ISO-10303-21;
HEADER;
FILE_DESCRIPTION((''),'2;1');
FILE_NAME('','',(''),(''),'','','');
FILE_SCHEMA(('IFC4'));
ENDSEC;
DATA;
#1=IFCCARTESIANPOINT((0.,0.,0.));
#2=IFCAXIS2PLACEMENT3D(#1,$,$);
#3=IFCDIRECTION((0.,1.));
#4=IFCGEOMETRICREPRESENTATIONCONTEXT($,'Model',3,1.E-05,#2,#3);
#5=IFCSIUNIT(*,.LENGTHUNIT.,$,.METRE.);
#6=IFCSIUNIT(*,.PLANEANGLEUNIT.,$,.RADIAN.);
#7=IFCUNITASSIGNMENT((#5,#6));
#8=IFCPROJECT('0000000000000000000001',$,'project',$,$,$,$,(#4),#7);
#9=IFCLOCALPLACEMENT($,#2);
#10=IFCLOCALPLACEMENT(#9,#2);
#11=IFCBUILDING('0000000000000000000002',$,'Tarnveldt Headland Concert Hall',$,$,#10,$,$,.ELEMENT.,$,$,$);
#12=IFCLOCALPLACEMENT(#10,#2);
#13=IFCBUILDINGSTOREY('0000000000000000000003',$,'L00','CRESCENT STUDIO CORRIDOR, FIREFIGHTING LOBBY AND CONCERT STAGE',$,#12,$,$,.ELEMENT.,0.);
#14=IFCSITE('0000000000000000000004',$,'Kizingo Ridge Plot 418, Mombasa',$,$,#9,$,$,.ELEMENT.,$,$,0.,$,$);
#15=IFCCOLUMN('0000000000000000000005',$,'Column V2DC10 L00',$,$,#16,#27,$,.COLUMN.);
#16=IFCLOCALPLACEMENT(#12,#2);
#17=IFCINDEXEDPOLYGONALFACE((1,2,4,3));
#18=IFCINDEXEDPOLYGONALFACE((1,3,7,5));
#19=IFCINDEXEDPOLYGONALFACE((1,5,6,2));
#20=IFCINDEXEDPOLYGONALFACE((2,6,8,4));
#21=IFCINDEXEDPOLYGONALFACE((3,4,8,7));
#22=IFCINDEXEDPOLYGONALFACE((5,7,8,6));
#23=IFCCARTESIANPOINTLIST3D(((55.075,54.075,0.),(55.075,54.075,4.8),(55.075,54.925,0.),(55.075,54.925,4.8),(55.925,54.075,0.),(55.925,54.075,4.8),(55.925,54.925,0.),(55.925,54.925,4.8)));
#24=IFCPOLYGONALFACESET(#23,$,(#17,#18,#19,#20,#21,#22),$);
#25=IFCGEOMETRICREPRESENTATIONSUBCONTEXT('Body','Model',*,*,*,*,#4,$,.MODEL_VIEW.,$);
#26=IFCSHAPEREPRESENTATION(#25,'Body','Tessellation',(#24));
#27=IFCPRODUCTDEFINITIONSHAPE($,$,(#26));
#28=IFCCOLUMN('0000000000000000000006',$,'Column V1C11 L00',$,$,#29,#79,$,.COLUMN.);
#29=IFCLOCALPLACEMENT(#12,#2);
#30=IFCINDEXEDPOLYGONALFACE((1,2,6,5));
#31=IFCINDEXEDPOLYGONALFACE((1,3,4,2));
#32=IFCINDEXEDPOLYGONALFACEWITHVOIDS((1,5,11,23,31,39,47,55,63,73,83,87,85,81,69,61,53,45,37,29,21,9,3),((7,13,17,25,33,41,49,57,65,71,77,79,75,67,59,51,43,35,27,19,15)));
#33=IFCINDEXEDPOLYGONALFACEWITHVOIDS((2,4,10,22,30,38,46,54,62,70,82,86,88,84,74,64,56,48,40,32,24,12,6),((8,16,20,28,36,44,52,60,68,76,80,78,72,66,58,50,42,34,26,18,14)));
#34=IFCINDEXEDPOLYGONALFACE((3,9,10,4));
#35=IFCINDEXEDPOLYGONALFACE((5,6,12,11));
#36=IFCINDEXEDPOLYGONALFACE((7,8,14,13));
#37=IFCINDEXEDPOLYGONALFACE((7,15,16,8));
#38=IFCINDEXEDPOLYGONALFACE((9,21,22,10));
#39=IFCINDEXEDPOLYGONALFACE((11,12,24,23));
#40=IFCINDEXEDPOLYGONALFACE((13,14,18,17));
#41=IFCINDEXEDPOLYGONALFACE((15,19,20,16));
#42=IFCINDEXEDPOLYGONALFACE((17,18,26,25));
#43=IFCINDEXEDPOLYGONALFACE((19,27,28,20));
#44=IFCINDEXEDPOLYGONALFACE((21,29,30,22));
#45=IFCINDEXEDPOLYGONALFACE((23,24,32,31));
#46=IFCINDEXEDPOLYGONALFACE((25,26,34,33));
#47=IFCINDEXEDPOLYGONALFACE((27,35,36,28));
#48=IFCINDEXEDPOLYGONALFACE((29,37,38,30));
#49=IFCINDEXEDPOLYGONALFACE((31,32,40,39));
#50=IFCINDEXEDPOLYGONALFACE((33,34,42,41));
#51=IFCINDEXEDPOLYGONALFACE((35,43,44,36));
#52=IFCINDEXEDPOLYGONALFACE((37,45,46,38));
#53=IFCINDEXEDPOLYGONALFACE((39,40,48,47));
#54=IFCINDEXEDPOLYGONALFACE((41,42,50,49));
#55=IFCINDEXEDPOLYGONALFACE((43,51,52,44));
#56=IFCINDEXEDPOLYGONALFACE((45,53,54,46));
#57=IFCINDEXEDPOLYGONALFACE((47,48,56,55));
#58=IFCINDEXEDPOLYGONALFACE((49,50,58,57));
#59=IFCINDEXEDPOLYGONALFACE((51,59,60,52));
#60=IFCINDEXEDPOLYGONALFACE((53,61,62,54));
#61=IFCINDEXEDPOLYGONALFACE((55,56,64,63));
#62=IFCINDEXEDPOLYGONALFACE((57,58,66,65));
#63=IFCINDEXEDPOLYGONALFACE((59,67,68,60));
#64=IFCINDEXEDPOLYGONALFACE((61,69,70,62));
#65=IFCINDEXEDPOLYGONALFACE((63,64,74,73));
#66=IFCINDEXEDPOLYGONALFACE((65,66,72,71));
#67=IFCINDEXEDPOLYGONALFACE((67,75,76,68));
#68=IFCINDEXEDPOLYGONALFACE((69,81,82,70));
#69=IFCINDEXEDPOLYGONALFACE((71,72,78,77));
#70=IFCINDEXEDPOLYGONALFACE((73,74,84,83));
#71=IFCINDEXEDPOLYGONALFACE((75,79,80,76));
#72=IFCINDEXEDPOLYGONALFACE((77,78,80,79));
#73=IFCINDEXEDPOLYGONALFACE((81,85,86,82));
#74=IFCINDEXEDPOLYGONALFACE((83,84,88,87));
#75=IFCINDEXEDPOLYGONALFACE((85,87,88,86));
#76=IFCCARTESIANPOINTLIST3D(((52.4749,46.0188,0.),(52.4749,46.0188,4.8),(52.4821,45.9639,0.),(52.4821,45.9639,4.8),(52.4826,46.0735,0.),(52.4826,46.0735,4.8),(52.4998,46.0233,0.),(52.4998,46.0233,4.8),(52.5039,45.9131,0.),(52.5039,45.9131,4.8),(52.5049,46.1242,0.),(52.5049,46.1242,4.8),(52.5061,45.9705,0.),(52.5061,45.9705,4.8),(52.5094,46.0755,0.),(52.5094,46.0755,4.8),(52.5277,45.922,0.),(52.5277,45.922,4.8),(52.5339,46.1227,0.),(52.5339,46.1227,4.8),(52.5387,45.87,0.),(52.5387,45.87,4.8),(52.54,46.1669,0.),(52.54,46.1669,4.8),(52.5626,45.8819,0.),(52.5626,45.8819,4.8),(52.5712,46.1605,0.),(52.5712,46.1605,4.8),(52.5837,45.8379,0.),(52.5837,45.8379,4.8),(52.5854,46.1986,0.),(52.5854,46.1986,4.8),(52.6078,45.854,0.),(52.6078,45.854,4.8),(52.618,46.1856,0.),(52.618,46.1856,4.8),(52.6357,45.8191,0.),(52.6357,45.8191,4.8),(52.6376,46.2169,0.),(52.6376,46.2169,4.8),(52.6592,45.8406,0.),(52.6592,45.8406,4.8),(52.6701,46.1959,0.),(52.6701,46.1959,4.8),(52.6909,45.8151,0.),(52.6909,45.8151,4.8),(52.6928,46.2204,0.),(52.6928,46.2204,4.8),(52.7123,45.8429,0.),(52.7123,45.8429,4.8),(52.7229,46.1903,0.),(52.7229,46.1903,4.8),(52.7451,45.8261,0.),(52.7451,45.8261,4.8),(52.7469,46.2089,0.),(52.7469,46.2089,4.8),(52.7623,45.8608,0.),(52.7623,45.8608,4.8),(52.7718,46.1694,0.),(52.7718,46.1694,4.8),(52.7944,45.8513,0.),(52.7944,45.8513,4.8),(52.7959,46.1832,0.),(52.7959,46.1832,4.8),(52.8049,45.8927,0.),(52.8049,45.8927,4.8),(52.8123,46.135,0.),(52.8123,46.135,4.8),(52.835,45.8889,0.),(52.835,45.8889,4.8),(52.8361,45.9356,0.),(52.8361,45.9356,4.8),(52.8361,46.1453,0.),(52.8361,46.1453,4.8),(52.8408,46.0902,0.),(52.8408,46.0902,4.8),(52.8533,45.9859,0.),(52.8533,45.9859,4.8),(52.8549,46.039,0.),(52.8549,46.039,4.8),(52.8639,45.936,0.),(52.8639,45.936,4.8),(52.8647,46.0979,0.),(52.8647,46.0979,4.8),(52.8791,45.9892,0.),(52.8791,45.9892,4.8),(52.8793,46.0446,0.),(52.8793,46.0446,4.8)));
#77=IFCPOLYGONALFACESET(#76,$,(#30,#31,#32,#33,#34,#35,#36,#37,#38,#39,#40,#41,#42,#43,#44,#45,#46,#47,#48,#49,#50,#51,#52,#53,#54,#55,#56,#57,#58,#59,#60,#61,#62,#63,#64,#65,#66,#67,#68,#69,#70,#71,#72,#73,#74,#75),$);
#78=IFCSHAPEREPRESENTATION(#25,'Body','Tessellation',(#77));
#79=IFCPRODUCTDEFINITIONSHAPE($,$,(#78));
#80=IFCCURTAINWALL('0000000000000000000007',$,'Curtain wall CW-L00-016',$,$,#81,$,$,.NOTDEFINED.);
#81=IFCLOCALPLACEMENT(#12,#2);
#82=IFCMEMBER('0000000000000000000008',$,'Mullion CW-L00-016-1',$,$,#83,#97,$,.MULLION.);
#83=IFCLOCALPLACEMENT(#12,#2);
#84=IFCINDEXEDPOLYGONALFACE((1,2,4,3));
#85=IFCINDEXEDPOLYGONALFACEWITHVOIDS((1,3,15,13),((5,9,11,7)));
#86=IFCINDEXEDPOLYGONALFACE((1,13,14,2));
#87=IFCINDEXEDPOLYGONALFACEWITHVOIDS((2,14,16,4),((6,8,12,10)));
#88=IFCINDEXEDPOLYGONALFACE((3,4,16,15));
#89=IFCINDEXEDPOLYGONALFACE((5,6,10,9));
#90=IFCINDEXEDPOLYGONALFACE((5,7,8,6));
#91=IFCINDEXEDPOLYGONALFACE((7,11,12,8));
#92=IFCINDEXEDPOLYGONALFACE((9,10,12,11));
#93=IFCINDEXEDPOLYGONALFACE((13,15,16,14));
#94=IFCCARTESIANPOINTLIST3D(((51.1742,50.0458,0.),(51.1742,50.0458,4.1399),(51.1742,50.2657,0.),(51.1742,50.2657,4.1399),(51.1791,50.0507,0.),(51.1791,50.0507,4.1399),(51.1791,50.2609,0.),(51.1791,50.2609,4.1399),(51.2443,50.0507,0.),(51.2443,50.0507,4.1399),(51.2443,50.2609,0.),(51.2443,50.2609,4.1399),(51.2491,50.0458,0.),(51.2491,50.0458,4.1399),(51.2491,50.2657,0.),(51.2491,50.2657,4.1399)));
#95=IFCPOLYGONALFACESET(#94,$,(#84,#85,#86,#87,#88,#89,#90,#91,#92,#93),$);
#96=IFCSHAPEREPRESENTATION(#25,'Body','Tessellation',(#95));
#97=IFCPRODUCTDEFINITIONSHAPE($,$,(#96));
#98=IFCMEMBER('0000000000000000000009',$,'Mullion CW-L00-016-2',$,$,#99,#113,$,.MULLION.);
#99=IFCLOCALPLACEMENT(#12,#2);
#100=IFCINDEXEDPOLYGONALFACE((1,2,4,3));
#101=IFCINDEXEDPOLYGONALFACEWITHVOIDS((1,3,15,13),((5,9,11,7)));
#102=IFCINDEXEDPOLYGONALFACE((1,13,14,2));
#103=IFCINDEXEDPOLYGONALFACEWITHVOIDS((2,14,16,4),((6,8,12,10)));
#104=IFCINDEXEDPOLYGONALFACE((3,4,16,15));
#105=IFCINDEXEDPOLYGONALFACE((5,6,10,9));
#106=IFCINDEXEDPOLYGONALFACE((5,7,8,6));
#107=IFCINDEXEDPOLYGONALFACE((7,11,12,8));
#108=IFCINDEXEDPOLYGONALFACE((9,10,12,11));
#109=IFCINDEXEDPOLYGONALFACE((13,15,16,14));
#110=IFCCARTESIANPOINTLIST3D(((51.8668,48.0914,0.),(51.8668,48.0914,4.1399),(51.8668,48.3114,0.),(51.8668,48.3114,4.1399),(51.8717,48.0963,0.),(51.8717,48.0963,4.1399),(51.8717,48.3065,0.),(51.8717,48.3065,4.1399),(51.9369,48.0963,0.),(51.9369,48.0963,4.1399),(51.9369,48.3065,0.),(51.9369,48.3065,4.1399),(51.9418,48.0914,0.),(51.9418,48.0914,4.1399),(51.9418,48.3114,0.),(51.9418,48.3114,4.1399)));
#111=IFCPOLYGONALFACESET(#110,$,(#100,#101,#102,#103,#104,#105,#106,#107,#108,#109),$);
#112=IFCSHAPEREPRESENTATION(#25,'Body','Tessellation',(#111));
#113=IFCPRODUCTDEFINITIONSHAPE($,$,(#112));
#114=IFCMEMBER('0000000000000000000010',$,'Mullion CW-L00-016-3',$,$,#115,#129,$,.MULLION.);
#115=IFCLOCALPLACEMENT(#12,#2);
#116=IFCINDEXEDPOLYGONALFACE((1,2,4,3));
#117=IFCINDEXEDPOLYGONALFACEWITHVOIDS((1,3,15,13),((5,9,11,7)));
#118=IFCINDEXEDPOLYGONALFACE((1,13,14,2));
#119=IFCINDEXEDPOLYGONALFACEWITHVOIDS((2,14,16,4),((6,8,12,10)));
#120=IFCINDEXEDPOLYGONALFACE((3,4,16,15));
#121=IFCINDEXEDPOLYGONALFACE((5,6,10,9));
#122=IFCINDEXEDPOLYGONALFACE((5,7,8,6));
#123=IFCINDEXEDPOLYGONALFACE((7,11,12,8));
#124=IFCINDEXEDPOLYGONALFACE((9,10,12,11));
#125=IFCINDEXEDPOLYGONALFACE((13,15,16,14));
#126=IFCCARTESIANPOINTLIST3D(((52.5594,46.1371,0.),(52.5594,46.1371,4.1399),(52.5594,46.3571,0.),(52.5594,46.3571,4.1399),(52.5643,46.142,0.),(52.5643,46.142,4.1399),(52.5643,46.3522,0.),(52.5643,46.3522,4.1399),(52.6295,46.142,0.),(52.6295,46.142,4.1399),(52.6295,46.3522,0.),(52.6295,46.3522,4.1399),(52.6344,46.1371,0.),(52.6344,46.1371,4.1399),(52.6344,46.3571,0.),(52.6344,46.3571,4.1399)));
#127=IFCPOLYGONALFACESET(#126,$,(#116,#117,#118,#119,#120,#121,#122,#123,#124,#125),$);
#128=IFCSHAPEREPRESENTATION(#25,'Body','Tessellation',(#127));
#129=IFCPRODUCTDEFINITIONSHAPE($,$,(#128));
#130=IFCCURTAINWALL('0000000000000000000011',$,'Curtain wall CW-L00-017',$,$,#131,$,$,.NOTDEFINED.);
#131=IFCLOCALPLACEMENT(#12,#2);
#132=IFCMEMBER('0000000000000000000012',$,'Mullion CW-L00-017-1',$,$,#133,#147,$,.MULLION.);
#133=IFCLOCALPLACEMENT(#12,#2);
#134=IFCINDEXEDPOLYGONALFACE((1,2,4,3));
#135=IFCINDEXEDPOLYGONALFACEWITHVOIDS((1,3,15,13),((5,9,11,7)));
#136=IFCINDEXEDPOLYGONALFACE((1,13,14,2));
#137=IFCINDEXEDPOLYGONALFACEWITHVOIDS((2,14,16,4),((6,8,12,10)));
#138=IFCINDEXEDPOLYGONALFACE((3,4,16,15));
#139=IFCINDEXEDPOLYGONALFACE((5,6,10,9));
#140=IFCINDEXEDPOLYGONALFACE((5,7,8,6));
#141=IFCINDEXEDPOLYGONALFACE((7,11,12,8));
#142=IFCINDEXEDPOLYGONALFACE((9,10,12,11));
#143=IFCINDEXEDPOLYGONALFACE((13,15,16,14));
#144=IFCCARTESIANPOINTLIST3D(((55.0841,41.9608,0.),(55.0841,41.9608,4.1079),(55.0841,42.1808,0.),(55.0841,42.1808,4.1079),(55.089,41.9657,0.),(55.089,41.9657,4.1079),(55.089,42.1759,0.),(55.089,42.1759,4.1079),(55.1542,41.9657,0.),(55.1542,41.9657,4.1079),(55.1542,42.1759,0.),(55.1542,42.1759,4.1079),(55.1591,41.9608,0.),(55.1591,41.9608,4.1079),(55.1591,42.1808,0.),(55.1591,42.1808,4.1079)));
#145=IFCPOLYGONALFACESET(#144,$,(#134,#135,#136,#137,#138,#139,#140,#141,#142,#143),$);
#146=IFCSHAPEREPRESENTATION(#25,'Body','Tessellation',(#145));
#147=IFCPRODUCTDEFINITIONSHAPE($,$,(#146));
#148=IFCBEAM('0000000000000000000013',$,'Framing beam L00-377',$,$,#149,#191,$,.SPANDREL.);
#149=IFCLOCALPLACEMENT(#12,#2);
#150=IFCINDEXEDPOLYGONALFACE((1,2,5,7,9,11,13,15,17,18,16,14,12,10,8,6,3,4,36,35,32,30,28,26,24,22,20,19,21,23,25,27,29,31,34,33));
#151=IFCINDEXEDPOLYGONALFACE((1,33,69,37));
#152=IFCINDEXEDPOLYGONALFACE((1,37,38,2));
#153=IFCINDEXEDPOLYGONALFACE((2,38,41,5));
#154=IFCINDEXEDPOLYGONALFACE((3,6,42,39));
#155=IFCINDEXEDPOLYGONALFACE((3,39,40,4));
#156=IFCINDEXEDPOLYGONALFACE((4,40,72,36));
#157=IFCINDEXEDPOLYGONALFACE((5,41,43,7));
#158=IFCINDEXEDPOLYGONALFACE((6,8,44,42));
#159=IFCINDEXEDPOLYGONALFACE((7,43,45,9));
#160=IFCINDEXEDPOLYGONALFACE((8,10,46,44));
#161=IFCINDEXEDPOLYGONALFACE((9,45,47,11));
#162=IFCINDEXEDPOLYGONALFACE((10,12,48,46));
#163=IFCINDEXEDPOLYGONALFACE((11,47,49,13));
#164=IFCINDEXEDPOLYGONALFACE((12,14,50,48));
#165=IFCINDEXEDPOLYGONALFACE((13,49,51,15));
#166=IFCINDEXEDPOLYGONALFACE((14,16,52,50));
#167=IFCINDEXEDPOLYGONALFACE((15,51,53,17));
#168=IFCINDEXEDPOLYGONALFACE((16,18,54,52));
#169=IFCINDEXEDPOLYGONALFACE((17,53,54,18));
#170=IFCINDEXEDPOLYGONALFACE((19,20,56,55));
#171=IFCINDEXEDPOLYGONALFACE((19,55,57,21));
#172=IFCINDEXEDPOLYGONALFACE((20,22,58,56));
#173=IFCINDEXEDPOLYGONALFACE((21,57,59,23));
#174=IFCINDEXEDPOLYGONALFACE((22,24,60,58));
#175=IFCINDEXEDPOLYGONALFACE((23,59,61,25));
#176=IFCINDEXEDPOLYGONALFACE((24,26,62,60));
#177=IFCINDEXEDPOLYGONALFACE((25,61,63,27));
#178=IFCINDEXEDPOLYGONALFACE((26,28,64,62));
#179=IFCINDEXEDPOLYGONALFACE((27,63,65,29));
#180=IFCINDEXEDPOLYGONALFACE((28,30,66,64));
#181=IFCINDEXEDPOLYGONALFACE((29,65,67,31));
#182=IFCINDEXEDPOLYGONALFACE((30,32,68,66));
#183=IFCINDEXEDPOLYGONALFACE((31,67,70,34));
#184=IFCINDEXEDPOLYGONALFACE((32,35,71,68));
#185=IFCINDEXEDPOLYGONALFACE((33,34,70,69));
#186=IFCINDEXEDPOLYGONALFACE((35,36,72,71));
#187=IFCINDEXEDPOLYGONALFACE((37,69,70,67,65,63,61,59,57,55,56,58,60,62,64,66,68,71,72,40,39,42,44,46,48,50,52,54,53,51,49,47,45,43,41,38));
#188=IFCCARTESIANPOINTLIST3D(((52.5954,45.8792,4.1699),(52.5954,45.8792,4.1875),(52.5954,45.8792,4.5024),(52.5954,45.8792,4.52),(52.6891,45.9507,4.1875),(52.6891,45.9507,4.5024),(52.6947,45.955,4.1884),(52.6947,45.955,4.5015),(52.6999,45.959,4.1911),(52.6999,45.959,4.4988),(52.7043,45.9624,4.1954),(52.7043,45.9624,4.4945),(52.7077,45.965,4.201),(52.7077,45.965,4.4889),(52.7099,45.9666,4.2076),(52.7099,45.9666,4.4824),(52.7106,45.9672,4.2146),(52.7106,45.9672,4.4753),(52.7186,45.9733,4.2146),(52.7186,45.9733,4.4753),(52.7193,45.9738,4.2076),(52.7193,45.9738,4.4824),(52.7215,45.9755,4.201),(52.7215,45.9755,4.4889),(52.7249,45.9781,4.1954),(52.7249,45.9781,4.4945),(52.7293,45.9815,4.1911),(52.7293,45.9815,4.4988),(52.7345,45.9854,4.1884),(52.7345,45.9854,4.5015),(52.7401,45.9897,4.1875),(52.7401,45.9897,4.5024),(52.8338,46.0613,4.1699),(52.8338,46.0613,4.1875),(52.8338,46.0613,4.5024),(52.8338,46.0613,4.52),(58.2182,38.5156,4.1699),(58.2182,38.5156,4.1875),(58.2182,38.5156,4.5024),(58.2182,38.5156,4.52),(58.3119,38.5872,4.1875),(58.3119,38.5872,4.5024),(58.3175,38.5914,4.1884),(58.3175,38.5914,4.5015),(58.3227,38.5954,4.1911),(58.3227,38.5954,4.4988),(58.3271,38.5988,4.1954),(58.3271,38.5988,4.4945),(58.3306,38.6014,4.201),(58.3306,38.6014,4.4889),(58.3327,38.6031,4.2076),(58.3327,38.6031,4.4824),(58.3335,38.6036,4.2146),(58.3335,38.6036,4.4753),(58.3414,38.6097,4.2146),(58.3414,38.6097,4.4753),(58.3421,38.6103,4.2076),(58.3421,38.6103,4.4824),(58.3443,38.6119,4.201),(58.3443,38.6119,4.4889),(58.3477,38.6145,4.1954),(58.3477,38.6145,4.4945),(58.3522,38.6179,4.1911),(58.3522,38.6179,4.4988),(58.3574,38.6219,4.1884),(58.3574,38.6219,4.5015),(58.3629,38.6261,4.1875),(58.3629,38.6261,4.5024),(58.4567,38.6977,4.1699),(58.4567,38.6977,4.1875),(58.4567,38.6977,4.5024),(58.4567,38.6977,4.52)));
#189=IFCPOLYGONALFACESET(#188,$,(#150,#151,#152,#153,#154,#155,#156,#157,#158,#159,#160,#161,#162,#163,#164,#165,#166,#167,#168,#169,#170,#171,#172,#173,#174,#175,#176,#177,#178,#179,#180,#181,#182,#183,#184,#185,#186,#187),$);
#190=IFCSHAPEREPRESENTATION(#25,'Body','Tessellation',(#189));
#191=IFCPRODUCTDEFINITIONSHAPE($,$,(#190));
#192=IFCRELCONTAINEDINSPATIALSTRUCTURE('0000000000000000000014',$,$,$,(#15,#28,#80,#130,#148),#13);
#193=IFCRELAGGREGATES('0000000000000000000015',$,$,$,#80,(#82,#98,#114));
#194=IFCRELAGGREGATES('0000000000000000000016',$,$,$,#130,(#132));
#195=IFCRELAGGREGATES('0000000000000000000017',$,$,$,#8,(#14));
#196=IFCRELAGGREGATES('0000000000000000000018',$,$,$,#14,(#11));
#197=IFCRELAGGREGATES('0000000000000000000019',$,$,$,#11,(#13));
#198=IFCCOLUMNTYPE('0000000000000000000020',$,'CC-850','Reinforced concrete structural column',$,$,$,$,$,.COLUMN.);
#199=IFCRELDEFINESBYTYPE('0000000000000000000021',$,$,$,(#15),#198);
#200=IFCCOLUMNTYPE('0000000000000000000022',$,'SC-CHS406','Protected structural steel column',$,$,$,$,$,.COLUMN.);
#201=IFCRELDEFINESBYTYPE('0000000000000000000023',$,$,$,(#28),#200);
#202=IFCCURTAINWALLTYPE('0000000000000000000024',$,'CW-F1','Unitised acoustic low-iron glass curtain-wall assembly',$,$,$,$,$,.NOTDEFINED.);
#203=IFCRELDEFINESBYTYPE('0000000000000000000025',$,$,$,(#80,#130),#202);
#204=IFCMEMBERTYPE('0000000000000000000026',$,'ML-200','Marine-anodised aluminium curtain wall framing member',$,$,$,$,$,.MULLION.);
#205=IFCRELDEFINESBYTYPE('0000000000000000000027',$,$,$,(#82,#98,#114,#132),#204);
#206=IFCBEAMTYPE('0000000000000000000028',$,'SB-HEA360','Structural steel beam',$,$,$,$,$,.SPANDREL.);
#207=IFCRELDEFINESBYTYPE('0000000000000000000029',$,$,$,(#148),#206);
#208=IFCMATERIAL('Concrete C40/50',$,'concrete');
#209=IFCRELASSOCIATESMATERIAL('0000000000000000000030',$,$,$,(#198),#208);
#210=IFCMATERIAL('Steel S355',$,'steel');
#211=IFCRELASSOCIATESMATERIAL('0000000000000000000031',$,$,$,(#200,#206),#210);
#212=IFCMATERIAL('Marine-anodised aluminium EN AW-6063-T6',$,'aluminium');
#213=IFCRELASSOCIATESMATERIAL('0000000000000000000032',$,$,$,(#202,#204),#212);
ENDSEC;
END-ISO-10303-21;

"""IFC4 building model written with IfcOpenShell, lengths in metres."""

from ifc_helpers import new_model, si_unit, direction, frame, origin, origin_2d, place, context, subcontext, project, spatial, rectangle, hollow_rectangle, hollow_circle, i_section, extrude, material, material_profile, profile_set, type_object, element, aggregate, save


model = new_model("IFC4")

# Units and contexts
model_context = context("Model", 3, precision=1e-05, world=origin(), true_north=direction((0.0, 1.0)))
body_context = subcontext(model_context, "Body", "Model", "MODEL_VIEW")
ifc_project = project(units=[si_unit("LENGTHUNIT", "METRE"), si_unit("PLANEANGLEUNIT", "RADIAN")], contexts=[model_context])

# Site, building, storey
site_placement = place(None, origin())
site = spatial("IfcSite", under=ifc_project, at=site_placement, Name="Kizingo Ridge Plot 418, Mombasa", CompositionType="ELEMENT", RefElevation=0.0)
building_placement = place(site_placement, origin())
building = spatial("IfcBuilding", under=site, at=building_placement, Name="Tarnveldt Headland Concert Hall", CompositionType="ELEMENT")
storey_placement = place(building_placement, origin())
storey = spatial("IfcBuildingStorey", under=building, at=storey_placement, Name="L00", Description="CRESCENT STUDIO CORRIDOR, FIREFIGHTING LOBBY AND CONCERT STAGE", CompositionType="ELEMENT", Elevation=0.0)

# Columns
ifc_material_1 = material(Name="Concrete C40/50", Category="concrete")
ifc_material_profile_1 = material_profile(ifc_material_1, rectangle(XDim=0.8501, YDim=0.8501, at=origin_2d()), Name="RC 850x850", Category="concrete")
ifc_profile_set_1 = profile_set([ifc_material_profile_1], Name="Concrete C40/50")
column_type_1 = type_object("IfcColumnType", Name="CC-850", Description="Reinforced concrete structural column", PredefinedType="COLUMN", material=ifc_profile_set_1)
column_1_placement = place(storey_placement, frame((55.5, 54.5, 0.0), z_axis=(0.0, 0.0, 1.0), x_axis=(-1.0, 0.0, 0.0)))
element("IfcColumn", 1, at=column_1_placement, inside=storey, type_object=column_type_1, Name="Column V2DC10 L00", PredefinedType="COLUMN", context=body_context, shape_type="SweptSolid", body=[
    extrude(rectangle(XDim=0.8501, YDim=0.8501, at=origin_2d()), origin(), (0.0, 0.0, 1.0), 4.8),
])
ifc_material_2 = material(Name="Steel S355", Category="steel")
ifc_material_profile_2 = material_profile(ifc_material_2, hollow_circle(Radius=0.2031, WallThickness=0.0249, at=origin_2d()), Name="CHS 406.4x25", Category="steel")
ifc_profile_set_2 = profile_set([ifc_material_profile_2], Name="Steel S355")
column_type_2 = type_object("IfcColumnType", Name="SC-CHS406", Description="Protected structural steel column", PredefinedType="COLUMN", material=ifc_profile_set_2)
column_2_placement = place(storey_placement, frame((52.678, 46.0178, 0.0), z_axis=(0.0, 0.0, 1.0), x_axis=(-0.964142, -0.265388, 0.0)))
element("IfcColumn", 2, at=column_2_placement, inside=storey, type_object=column_type_2, Name="Column V1C11 L00", PredefinedType="COLUMN", context=body_context, shape_type="SweptSolid", body=[
    extrude(hollow_circle(Radius=0.2031, WallThickness=0.0249, at=origin_2d()), origin(), (0.0, 0.0, 1.0), 4.8),
])

# Curtain wall, members
ifc_material_3 = material(Name="Marine-anodised aluminium EN AW-6063-T6", Category="aluminium")
curtain_wall_type = type_object("IfcCurtainWallType", Name="CW-F1", Description="Unitised acoustic low-iron glass curtain-wall assembly", PredefinedType="NOTDEFINED", material=ifc_material_3)
curtain_wall_1_placement = place(storey_placement, origin())
curtain_wall_1 = element("IfcCurtainWall", 3, at=curtain_wall_1_placement, inside=storey, type_object=curtain_wall_type, Name="Curtain wall CW-L00-016", PredefinedType="NOTDEFINED")
ifc_material_profile_3 = material_profile(ifc_material_3, hollow_rectangle(XDim=0.075, YDim=0.22, WallThickness=0.0049, at=origin_2d()), Name="ALU MULLION 75x220x5", Category="aluminium")
ifc_profile_set_3 = profile_set([ifc_material_profile_3], Name="Marine-anodised aluminium EN AW-6063-T6")
member_type_1 = type_object("IfcMemberType", Name="ML-200", Description="Marine-anodised aluminium curtain wall framing member", PredefinedType="MULLION", material=ifc_profile_set_3)
member_1_placement = place(storey_placement, frame((51.2117, 50.1558, 0.0), z_axis=(0.0, 0.0, 1.0), x_axis=(1.0, 0.0, 0.0)))
member_1 = element("IfcMember", 4, at=member_1_placement, type_object=member_type_1, Name="Mullion CW-L00-016-1", PredefinedType="MULLION", context=body_context, shape_type="SweptSolid", body=[
    extrude(hollow_rectangle(XDim=0.075, YDim=0.22, WallThickness=0.0049, at=origin_2d()), origin(), (0.0, 0.0, 1.0), 4.1399),
])
member_2_placement = place(storey_placement, frame((51.9043, 48.2014, 0.0), z_axis=(0.0, 0.0, 1.0), x_axis=(1.0, 0.0, 0.0)))
member_2 = element("IfcMember", 5, at=member_2_placement, type_object=member_type_1, Name="Mullion CW-L00-016-2", PredefinedType="MULLION", context=body_context, shape_type="SweptSolid", body=[
    extrude(hollow_rectangle(XDim=0.075, YDim=0.22, WallThickness=0.0049, at=origin_2d()), origin(), (0.0, 0.0, 1.0), 4.1399),
])
member_3_placement = place(storey_placement, frame((52.5969, 46.2471, 0.0), z_axis=(0.0, 0.0, 1.0), x_axis=(1.0, 0.0, 0.0)))
member_3 = element("IfcMember", 6, at=member_3_placement, type_object=member_type_1, Name="Mullion CW-L00-016-3", PredefinedType="MULLION", context=body_context, shape_type="SweptSolid", body=[
    extrude(hollow_rectangle(XDim=0.075, YDim=0.22, WallThickness=0.0049, at=origin_2d()), origin(), (0.0, 0.0, 1.0), 4.1399),
])

# Curtain wall, member
curtain_wall_2_placement = place(storey_placement, origin())
curtain_wall_2 = element("IfcCurtainWall", 7, at=curtain_wall_2_placement, inside=storey, type_object=curtain_wall_type, Name="Curtain wall CW-L00-017", PredefinedType="NOTDEFINED")
member_4_placement = place(storey_placement, frame((55.1216, 42.0708, 0.0), z_axis=(0.0, 0.0, 1.0), x_axis=(1.0, 0.0, 0.0)))
member_4 = element("IfcMember", 8, at=member_4_placement, type_object=member_type_1, Name="Mullion CW-L00-017-1", PredefinedType="MULLION", context=body_context, shape_type="SweptSolid", body=[
    extrude(hollow_rectangle(XDim=0.075, YDim=0.22, WallThickness=0.0049, at=origin_2d()), origin(), (0.0, 0.0, 1.0), 4.1079),
])

# Beam
ifc_material_profile_4 = material_profile(ifc_material_2, i_section(OverallWidth=0.3, OverallDepth=0.3501, WebThickness=0.01, FlangeThickness=0.0176, FilletRadius=0.0271, at=origin_2d()), Name="HEA360", Category="steel")
ifc_profile_set_4 = profile_set([ifc_material_profile_4], Name="Steel S355")
beam_type_1 = type_object("IfcBeamType", Name="SB-HEA360", Description="Structural steel beam", PredefinedType="SPANDREL", material=ifc_profile_set_4)
beam_1_placement = place(storey_placement, frame((52.7146, 45.9702, 4.345), z_axis=(0.606896, -0.794781, 0.0), x_axis=(0.794781, 0.606896, 0.0)))
element("IfcBeam", 9, at=beam_1_placement, inside=storey, type_object=beam_type_1, Name="Framing beam L00-377", PredefinedType="SPANDREL", context=body_context, shape_type="SweptSolid", body=[
    extrude(i_section(OverallWidth=0.3, OverallDepth=0.3501, WebThickness=0.01, FlangeThickness=0.0176, FilletRadius=0.0271, at=origin_2d()), origin(), (0.0, 0.0, 1.0), 9.2649),
])

aggregate(curtain_wall_1, [member_1, member_2, member_3])
aggregate(curtain_wall_2, [member_4])

save(model, "model.ifc")
